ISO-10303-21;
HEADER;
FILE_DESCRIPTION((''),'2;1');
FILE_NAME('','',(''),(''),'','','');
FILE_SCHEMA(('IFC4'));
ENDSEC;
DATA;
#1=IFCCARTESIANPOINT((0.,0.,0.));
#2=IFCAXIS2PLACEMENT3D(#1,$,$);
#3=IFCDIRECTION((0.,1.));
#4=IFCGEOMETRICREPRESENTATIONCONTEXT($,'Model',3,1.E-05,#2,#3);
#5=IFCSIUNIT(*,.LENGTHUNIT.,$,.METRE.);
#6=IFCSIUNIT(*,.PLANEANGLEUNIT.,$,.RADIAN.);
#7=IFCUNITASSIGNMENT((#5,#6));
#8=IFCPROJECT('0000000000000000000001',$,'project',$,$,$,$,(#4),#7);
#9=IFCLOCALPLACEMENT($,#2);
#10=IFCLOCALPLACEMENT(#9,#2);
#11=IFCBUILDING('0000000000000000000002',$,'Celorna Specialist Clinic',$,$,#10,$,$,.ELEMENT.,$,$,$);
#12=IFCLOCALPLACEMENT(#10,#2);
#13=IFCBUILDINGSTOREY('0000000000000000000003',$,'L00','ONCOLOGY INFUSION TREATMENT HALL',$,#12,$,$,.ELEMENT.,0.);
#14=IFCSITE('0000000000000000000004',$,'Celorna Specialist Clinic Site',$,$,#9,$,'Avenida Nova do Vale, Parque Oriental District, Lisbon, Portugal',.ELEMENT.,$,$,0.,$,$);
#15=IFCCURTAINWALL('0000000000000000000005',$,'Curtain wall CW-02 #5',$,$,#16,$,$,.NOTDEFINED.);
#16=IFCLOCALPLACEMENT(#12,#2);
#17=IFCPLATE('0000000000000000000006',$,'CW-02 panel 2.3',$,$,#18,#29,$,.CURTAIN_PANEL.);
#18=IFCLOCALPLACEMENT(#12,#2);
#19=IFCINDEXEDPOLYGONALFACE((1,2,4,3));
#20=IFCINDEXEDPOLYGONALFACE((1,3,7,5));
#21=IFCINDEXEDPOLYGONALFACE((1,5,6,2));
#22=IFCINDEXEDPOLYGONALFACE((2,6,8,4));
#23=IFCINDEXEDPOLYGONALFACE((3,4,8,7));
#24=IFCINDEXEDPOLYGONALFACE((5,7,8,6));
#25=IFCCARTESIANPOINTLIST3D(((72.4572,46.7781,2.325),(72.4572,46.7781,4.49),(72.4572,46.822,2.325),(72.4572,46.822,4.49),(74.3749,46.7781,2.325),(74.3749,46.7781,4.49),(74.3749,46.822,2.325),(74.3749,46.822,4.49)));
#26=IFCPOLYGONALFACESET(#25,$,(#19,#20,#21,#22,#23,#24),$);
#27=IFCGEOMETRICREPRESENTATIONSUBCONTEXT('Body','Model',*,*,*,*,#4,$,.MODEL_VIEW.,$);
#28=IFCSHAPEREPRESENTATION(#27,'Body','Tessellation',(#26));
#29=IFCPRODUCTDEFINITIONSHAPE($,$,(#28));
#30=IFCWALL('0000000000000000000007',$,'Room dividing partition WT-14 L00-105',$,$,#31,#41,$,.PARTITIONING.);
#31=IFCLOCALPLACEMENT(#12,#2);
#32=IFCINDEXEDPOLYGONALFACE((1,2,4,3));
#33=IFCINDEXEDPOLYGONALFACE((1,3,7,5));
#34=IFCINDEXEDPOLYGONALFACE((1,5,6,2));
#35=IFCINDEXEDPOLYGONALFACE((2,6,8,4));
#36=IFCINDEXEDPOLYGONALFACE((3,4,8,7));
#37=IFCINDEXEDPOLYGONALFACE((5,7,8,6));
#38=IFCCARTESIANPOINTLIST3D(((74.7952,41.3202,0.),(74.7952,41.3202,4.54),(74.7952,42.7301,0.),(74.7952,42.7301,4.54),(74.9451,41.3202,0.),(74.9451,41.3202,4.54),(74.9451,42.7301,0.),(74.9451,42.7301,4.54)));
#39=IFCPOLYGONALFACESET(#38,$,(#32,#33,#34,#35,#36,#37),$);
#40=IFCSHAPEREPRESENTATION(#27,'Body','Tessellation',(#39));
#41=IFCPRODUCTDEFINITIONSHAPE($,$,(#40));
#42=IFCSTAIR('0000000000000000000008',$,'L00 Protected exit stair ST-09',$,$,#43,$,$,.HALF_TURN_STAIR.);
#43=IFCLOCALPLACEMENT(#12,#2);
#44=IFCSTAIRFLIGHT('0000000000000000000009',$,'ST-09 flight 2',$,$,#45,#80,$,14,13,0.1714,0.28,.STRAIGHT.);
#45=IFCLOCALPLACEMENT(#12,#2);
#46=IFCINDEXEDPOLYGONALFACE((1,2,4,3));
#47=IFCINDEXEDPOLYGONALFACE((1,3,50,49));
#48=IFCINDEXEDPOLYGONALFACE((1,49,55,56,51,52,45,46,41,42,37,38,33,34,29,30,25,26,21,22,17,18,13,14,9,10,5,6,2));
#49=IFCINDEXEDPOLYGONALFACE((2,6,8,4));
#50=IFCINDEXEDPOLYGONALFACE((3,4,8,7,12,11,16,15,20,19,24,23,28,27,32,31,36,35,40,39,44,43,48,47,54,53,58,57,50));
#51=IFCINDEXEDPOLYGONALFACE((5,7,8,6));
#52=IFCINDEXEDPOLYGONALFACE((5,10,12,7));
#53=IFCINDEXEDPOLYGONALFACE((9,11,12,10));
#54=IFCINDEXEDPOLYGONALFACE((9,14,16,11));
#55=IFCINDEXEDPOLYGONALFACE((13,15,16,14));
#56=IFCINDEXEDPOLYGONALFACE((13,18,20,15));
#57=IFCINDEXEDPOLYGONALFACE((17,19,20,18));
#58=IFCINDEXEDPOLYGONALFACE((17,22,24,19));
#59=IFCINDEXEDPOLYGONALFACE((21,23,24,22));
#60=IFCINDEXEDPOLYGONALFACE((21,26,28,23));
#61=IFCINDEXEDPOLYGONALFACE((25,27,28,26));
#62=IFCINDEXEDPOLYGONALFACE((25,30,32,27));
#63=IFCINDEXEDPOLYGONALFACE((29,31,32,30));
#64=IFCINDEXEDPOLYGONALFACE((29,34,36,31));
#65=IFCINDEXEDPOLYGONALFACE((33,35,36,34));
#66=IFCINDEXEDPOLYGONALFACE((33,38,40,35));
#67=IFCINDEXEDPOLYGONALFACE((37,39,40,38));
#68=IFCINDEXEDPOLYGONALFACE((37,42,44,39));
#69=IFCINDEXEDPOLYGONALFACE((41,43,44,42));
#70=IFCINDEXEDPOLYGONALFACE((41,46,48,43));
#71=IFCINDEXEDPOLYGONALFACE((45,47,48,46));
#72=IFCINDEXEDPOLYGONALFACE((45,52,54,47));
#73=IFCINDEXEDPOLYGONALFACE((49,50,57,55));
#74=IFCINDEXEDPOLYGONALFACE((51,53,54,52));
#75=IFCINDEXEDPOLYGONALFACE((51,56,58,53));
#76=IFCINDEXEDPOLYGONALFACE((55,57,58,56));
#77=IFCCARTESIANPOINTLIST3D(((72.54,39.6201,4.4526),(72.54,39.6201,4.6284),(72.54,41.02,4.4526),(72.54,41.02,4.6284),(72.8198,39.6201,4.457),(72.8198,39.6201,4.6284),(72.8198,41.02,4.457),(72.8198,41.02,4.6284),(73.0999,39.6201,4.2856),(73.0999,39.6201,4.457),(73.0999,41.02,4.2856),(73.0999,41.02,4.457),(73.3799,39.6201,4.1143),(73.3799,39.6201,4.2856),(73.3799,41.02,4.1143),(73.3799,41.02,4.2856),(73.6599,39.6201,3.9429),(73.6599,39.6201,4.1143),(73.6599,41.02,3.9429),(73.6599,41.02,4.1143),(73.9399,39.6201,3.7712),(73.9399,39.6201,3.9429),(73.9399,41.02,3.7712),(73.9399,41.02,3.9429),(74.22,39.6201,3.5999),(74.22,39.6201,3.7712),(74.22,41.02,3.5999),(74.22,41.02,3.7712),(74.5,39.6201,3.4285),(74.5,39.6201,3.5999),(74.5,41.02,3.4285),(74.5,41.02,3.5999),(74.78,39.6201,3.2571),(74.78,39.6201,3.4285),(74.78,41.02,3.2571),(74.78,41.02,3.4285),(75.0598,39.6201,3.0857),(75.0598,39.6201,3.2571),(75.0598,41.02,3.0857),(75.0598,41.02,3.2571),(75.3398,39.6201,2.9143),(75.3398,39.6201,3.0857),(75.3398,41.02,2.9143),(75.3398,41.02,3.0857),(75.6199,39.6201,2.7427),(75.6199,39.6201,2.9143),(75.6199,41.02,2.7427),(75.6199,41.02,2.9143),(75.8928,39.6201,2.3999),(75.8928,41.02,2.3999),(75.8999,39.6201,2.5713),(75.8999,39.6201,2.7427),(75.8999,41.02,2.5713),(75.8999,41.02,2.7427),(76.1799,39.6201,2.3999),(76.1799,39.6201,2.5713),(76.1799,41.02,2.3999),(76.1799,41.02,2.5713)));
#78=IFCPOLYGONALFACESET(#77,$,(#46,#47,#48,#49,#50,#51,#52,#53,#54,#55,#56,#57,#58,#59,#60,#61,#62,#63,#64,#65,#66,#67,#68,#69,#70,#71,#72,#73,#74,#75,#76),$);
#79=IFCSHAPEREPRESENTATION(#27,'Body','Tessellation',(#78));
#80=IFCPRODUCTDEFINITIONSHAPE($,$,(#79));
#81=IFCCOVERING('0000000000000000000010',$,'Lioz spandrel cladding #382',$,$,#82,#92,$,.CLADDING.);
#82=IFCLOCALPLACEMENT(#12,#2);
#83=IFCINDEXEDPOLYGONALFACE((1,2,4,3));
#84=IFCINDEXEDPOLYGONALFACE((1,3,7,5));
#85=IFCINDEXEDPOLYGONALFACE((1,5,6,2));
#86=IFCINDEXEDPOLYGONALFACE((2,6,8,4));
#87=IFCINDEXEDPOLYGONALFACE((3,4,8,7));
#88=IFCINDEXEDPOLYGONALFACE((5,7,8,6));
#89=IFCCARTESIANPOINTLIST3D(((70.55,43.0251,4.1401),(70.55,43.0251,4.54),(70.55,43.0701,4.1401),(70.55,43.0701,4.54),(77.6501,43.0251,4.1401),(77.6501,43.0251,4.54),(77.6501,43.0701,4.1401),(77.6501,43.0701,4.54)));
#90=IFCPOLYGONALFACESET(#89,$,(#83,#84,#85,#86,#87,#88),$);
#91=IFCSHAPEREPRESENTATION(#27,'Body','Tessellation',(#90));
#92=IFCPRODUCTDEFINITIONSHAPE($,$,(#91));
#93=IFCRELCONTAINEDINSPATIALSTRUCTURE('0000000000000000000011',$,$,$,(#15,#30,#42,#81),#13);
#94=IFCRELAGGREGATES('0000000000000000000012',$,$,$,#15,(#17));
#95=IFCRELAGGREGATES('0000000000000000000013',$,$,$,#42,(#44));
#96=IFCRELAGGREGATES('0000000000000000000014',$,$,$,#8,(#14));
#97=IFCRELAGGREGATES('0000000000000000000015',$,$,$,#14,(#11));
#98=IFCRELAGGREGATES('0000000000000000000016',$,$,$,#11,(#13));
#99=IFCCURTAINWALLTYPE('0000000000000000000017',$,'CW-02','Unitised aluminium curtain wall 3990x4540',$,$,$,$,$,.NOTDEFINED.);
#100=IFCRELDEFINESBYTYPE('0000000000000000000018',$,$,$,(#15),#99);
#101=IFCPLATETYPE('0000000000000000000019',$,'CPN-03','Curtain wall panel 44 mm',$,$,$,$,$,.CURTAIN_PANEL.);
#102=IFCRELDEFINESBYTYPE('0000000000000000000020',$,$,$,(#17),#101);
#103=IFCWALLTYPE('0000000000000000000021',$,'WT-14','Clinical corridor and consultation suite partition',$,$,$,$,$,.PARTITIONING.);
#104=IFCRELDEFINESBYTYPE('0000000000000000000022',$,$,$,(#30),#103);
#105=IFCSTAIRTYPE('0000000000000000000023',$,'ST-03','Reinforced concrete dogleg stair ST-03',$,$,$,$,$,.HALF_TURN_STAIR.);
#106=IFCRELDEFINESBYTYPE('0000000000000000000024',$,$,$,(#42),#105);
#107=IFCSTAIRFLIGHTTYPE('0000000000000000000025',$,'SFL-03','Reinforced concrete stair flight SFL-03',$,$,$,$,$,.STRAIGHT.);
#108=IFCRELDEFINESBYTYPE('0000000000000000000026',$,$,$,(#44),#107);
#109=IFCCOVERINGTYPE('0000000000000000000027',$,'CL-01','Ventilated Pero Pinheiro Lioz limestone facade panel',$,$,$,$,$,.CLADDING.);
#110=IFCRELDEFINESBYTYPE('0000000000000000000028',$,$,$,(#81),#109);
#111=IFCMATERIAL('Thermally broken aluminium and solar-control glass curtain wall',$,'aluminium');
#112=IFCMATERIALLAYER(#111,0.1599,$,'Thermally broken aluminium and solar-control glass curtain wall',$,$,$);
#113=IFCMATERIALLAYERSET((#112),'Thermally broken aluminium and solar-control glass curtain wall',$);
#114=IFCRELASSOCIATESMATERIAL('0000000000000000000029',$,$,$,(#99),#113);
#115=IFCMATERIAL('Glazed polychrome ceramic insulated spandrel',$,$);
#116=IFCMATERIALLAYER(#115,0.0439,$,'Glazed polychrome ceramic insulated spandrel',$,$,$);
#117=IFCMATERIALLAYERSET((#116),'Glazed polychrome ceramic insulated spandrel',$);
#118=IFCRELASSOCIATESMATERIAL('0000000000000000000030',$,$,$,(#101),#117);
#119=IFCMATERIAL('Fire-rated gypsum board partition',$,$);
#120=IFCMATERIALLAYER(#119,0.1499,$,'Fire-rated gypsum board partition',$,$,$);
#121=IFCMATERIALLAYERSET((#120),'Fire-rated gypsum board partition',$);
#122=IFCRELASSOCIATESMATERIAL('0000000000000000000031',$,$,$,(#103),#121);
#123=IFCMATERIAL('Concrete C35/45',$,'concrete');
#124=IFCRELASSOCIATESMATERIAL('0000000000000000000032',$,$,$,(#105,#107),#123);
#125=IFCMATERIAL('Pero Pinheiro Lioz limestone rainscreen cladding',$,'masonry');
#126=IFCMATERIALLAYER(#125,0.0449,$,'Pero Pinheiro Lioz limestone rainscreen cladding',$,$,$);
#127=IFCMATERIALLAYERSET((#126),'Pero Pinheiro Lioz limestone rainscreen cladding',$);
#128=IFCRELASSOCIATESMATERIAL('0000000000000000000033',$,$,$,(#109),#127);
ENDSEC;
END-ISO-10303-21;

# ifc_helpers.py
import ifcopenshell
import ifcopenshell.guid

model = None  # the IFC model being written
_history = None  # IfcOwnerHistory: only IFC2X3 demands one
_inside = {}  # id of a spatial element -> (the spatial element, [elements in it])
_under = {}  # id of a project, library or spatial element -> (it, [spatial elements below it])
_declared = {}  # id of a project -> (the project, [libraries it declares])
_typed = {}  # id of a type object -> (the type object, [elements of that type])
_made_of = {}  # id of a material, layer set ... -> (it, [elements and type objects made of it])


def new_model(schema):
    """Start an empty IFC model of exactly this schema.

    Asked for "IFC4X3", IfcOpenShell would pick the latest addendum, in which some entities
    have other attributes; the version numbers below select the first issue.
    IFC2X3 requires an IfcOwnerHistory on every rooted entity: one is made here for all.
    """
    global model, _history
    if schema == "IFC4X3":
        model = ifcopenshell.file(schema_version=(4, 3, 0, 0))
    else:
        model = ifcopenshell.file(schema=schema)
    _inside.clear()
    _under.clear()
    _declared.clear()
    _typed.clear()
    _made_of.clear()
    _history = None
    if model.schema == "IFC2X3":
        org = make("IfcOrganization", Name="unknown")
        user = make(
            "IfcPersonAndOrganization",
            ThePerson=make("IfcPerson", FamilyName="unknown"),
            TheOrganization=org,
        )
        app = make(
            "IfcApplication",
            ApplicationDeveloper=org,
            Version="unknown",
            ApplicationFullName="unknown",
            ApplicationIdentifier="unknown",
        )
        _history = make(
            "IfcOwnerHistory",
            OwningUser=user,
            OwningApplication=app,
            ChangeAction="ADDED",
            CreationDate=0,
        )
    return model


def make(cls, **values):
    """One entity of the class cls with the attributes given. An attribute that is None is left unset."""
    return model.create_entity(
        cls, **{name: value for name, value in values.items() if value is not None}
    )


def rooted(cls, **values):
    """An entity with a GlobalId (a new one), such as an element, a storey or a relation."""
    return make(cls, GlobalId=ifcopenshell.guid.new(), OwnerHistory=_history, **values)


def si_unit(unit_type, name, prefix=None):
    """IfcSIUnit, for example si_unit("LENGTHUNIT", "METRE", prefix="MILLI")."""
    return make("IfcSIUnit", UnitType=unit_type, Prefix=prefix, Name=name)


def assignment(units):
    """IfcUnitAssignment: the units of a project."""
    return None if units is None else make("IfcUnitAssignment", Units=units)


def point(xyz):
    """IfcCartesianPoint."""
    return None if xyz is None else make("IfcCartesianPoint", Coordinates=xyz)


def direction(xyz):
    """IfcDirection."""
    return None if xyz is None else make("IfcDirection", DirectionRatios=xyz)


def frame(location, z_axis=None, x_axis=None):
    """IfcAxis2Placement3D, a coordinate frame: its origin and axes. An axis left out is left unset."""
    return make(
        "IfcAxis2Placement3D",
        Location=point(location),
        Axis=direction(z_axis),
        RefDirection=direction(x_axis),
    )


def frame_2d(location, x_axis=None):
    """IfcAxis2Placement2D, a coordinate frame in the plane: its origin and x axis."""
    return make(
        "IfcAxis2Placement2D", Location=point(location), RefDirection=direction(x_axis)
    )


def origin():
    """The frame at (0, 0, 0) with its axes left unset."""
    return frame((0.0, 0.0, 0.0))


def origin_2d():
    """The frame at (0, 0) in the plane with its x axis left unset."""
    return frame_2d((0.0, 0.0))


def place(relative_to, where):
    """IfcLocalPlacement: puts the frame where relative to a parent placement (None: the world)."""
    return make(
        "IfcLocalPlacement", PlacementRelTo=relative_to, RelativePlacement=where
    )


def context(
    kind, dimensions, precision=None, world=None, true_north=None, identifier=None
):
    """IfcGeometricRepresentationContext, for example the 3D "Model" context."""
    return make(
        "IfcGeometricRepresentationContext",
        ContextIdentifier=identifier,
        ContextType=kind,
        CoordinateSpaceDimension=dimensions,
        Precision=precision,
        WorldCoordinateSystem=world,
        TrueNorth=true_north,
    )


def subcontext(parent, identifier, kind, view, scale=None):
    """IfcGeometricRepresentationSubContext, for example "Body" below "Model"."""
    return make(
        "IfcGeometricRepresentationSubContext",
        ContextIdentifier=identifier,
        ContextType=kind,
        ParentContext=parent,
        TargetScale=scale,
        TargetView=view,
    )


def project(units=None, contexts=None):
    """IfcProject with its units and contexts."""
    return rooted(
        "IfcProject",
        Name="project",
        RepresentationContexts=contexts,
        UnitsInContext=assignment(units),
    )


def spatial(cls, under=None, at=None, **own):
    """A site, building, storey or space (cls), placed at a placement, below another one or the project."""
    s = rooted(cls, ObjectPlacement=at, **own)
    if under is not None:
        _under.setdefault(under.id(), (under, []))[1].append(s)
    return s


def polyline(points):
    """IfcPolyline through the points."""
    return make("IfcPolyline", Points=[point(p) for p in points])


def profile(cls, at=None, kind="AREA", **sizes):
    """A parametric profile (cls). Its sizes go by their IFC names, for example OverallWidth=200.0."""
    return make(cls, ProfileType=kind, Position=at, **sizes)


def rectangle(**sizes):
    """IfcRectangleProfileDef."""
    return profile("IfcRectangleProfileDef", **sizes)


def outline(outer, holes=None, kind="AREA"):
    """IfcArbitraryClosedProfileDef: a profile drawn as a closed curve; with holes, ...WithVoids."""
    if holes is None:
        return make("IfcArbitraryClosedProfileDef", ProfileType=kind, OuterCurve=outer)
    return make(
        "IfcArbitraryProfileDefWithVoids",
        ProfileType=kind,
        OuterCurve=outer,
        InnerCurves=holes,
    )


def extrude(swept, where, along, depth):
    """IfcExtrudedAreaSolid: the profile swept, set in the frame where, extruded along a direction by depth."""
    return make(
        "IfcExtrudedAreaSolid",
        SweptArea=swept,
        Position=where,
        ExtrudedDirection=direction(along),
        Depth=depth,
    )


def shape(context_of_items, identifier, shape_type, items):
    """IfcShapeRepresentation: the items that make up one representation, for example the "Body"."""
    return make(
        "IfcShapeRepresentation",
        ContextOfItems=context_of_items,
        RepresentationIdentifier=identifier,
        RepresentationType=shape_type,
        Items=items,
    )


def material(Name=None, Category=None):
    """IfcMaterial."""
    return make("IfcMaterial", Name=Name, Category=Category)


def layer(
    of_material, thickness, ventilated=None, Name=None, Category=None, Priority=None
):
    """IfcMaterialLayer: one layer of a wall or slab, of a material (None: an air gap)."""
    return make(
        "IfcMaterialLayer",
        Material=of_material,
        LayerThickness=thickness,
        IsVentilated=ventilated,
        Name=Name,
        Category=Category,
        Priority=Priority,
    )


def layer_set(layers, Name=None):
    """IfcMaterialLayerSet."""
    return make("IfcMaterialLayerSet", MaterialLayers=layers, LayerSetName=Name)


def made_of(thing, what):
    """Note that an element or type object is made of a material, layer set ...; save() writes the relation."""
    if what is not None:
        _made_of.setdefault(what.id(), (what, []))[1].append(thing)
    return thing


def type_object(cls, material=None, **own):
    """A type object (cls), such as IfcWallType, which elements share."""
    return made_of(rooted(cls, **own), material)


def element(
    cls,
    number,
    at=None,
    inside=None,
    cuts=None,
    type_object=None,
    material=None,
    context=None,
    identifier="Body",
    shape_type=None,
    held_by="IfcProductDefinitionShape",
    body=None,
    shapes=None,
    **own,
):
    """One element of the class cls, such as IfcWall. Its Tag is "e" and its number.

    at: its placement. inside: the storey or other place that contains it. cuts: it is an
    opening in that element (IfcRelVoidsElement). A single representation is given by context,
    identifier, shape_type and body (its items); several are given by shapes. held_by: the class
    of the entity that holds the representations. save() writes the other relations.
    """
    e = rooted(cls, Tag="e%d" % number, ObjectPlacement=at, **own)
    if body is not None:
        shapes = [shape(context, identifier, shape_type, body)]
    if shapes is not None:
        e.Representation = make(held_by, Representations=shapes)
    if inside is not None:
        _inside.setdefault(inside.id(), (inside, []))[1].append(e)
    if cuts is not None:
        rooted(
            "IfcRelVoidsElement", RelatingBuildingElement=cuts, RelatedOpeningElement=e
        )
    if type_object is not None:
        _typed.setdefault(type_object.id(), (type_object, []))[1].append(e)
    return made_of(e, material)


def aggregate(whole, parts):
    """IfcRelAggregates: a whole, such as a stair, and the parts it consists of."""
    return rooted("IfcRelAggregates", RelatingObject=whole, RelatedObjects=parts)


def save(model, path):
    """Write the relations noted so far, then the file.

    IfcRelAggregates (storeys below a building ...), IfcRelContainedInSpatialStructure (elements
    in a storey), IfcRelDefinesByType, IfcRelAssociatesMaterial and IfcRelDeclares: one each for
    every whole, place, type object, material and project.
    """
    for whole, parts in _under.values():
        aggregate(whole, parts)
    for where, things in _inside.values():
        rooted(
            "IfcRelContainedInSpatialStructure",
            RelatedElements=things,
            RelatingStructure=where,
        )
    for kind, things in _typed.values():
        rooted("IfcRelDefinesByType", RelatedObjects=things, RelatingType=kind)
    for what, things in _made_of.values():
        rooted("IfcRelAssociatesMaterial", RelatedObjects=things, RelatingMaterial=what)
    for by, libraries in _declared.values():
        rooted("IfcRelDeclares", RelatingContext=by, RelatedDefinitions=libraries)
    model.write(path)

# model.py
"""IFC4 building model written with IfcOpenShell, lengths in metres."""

from ifc_helpers import new_model, si_unit, direction, frame, frame_2d, origin, origin_2d, place, context, subcontext, project, spatial, polyline, rectangle, outline, extrude, material, layer, layer_set, type_object, element, aggregate, save


model = new_model("IFC4")

# Units and contexts
model_context = context("Model", 3, precision=1e-05, world=origin(), true_north=direction((0.0, 1.0)))
body_context = subcontext(model_context, "Body", "Model", "MODEL_VIEW")
ifc_project = project(units=[si_unit("LENGTHUNIT", "METRE"), si_unit("PLANEANGLEUNIT", "RADIAN")], contexts=[model_context])

# Site, building, storey
site_placement = place(None, origin())
site = spatial("IfcSite", under=ifc_project, at=site_placement, Name="Celorna Specialist Clinic Site", LongName="Avenida Nova do Vale, Parque Oriental District, Lisbon, Portugal", CompositionType="ELEMENT", RefElevation=0.0)
building_placement = place(site_placement, origin())
building = spatial("IfcBuilding", under=site, at=building_placement, Name="Celorna Specialist Clinic", CompositionType="ELEMENT")
storey_placement = place(building_placement, origin())
storey = spatial("IfcBuildingStorey", under=building, at=storey_placement, Name="L00", Description="ONCOLOGY INFUSION TREATMENT HALL", CompositionType="ELEMENT", Elevation=0.0)

# Shared definitions
ifc_material_1 = material(Name="Concrete C35/45", Category="concrete")

# Shared definitions
ifc_material_2 = material(Name="Thermally broken aluminium and solar-control glass curtain wall", Category="aluminium")

# Curtain wall, plate
ifc_layer_1 = layer(ifc_material_2, 0.1599, Name="Thermally broken aluminium and solar-control glass curtain wall")
ifc_layer_set_1 = layer_set([ifc_layer_1], Name="Thermally broken aluminium and solar-control glass curtain wall")
curtain_wall_type_1 = type_object("IfcCurtainWallType", Name="CW-02", Description="Unitised aluminium curtain wall 3990x4540", PredefinedType="NOTDEFINED", material=ifc_layer_set_1)
curtain_wall_1_placement = place(storey_placement, origin())
curtain_wall_1 = element("IfcCurtainWall", 1, at=curtain_wall_1_placement, inside=storey, type_object=curtain_wall_type_1, Name="Curtain wall CW-02 #5", PredefinedType="NOTDEFINED")
ifc_material_3 = material(Name="Glazed polychrome ceramic insulated spandrel")
ifc_layer_2 = layer(ifc_material_3, 0.0439, Name="Glazed polychrome ceramic insulated spandrel")
ifc_layer_set_2 = layer_set([ifc_layer_2], Name="Glazed polychrome ceramic insulated spandrel")
plate_type = type_object("IfcPlateType", Name="CPN-03", Description="Curtain wall panel 44 mm", PredefinedType="CURTAIN_PANEL", material=ifc_layer_set_2)
plate_1_placement = place(storey_placement, frame((73.416, 46.8, 2.325), z_axis=(0.0, 0.0, 1.0), x_axis=(-1.0, 0.0, 0.0)))
plate_1 = element("IfcPlate", 2, at=plate_1_placement, type_object=plate_type, Name="CW-02 panel 2.3", PredefinedType="CURTAIN_PANEL", context=body_context, shape_type="SweptSolid", body=[
    extrude(rectangle(XDim=1.9177, YDim=0.0439, at=origin_2d()), origin(), (0.0, 0.0, 1.0), 2.165),
])
aggregate(curtain_wall_1, [plate_1])

# Wall
ifc_material_4 = material(Name="Fire-rated gypsum board partition")
ifc_layer_3 = layer(ifc_material_4, 0.1499, Name="Fire-rated gypsum board partition")
ifc_layer_set_3 = layer_set([ifc_layer_3], Name="Fire-rated gypsum board partition")
wall_type = type_object("IfcWallType", Name="WT-14", Description="Clinical corridor and consultation suite partition", PredefinedType="PARTITIONING", material=ifc_layer_set_3)
wall_placement = place(storey_placement, frame((74.8701, 41.3201, 0.0), z_axis=(0.0, 0.0, 1.0), x_axis=(0.0, 1.0, 0.0)))
element("IfcWall", 3, at=wall_placement, inside=storey, type_object=wall_type, Name="Room dividing partition WT-14 L00-105", PredefinedType="PARTITIONING", context=body_context, shape_type="SweptSolid", body=[
    extrude(rectangle(XDim=1.4099, YDim=0.1499, at=frame_2d((0.7051, 0.0))), origin(), (0.0, 0.0, 1.0), 4.54),
])

# Stair, stair flight
stair_type = type_object("IfcStairType", Name="ST-03", Description="Reinforced concrete dogleg stair ST-03", PredefinedType="HALF_TURN_STAIR", material=ifc_material_1)
stair_placement = place(storey_placement, origin())
stair = element("IfcStair", 4, at=stair_placement, inside=storey, type_object=stair_type, Name="L00 Protected exit stair ST-09", PredefinedType="HALF_TURN_STAIR")
stair_flight_type = type_object("IfcStairFlightType", Name="SFL-03", Description="Reinforced concrete stair flight SFL-03", PredefinedType="STRAIGHT", material=ifc_material_1)
stair_flight_placement = place(storey_placement, frame((76.1799, 40.3201, 2.3999), z_axis=(0.0, 0.0, 1.0), x_axis=(-1.0, 0.0, 0.0)))
stair_flight = element("IfcStairFlight", 5, at=stair_flight_placement, type_object=stair_flight_type, Name="ST-09 flight 2", NumberOfRisers=14, NumberOfTreads=13, PredefinedType="STRAIGHT", RiserHeight=0.1714, TreadLength=0.28, context=body_context, shape_type="SweptSolid", body=[
    extrude(outline(polyline([(0.0, 0.0), (0.0, 0.1714), (0.28, 0.1714), (0.28, 0.3428), (0.5601, 0.3428), (0.5601, 0.5144), (0.8401, 0.5144), (0.8401, 0.6858), (1.1201, 0.6858), (1.1201, 0.8572), (1.3999, 0.8572), (1.3999, 1.0286), (1.6799, 1.0286), (1.6799, 1.2), (1.96, 1.2), (1.96, 1.3713), (2.24, 1.3713), (2.24, 1.543), (2.52, 1.543), (2.52, 1.7144), (2.8, 1.7144), (2.8, 1.8857), (3.0801, 1.8857), (3.0801, 2.0571), (3.3601, 2.0571), (3.3601, 2.2285), (3.6399, 2.2285), (3.6399, 2.3999), (3.6399, 2.0527), (0.2871, 0.0), (0.0, 0.0)])), frame((0.0, 0.7, 0.0), z_axis=(0.0, -1.0, 0.0), x_axis=(1.0, 0.0, 0.0)), (0.0, 0.0, 1.0), 1.3999),
])
aggregate(stair, [stair_flight])

# Covering
ifc_material_5 = material(Name="Pero Pinheiro Lioz limestone rainscreen cladding", Category="masonry")
ifc_layer_4 = layer(ifc_material_5, 0.0449, Name="Pero Pinheiro Lioz limestone rainscreen cladding")
ifc_layer_set_4 = layer_set([ifc_layer_4], Name="Pero Pinheiro Lioz limestone rainscreen cladding")
covering_type = type_object("IfcCoveringType", Name="CL-01", Description="Ventilated Pero Pinheiro Lioz limestone facade panel", PredefinedType="CLADDING", material=ifc_layer_set_4)
covering_placement = place(storey_placement, frame((74.1001, 43.0476, 4.1401), z_axis=(0.0, 0.0, 1.0), x_axis=(1.0, 0.0, 0.0)))
element("IfcCovering", 6, at=covering_placement, inside=storey, type_object=covering_type, Name="Lioz spandrel cladding #382", PredefinedType="CLADDING", context=body_context, shape_type="SweptSolid", body=[
    extrude(rectangle(XDim=7.1001, YDim=0.0449, at=origin_2d()), origin(), (0.0, 0.0, 1.0), 0.3999),
])

save(model, "model.ifc")
